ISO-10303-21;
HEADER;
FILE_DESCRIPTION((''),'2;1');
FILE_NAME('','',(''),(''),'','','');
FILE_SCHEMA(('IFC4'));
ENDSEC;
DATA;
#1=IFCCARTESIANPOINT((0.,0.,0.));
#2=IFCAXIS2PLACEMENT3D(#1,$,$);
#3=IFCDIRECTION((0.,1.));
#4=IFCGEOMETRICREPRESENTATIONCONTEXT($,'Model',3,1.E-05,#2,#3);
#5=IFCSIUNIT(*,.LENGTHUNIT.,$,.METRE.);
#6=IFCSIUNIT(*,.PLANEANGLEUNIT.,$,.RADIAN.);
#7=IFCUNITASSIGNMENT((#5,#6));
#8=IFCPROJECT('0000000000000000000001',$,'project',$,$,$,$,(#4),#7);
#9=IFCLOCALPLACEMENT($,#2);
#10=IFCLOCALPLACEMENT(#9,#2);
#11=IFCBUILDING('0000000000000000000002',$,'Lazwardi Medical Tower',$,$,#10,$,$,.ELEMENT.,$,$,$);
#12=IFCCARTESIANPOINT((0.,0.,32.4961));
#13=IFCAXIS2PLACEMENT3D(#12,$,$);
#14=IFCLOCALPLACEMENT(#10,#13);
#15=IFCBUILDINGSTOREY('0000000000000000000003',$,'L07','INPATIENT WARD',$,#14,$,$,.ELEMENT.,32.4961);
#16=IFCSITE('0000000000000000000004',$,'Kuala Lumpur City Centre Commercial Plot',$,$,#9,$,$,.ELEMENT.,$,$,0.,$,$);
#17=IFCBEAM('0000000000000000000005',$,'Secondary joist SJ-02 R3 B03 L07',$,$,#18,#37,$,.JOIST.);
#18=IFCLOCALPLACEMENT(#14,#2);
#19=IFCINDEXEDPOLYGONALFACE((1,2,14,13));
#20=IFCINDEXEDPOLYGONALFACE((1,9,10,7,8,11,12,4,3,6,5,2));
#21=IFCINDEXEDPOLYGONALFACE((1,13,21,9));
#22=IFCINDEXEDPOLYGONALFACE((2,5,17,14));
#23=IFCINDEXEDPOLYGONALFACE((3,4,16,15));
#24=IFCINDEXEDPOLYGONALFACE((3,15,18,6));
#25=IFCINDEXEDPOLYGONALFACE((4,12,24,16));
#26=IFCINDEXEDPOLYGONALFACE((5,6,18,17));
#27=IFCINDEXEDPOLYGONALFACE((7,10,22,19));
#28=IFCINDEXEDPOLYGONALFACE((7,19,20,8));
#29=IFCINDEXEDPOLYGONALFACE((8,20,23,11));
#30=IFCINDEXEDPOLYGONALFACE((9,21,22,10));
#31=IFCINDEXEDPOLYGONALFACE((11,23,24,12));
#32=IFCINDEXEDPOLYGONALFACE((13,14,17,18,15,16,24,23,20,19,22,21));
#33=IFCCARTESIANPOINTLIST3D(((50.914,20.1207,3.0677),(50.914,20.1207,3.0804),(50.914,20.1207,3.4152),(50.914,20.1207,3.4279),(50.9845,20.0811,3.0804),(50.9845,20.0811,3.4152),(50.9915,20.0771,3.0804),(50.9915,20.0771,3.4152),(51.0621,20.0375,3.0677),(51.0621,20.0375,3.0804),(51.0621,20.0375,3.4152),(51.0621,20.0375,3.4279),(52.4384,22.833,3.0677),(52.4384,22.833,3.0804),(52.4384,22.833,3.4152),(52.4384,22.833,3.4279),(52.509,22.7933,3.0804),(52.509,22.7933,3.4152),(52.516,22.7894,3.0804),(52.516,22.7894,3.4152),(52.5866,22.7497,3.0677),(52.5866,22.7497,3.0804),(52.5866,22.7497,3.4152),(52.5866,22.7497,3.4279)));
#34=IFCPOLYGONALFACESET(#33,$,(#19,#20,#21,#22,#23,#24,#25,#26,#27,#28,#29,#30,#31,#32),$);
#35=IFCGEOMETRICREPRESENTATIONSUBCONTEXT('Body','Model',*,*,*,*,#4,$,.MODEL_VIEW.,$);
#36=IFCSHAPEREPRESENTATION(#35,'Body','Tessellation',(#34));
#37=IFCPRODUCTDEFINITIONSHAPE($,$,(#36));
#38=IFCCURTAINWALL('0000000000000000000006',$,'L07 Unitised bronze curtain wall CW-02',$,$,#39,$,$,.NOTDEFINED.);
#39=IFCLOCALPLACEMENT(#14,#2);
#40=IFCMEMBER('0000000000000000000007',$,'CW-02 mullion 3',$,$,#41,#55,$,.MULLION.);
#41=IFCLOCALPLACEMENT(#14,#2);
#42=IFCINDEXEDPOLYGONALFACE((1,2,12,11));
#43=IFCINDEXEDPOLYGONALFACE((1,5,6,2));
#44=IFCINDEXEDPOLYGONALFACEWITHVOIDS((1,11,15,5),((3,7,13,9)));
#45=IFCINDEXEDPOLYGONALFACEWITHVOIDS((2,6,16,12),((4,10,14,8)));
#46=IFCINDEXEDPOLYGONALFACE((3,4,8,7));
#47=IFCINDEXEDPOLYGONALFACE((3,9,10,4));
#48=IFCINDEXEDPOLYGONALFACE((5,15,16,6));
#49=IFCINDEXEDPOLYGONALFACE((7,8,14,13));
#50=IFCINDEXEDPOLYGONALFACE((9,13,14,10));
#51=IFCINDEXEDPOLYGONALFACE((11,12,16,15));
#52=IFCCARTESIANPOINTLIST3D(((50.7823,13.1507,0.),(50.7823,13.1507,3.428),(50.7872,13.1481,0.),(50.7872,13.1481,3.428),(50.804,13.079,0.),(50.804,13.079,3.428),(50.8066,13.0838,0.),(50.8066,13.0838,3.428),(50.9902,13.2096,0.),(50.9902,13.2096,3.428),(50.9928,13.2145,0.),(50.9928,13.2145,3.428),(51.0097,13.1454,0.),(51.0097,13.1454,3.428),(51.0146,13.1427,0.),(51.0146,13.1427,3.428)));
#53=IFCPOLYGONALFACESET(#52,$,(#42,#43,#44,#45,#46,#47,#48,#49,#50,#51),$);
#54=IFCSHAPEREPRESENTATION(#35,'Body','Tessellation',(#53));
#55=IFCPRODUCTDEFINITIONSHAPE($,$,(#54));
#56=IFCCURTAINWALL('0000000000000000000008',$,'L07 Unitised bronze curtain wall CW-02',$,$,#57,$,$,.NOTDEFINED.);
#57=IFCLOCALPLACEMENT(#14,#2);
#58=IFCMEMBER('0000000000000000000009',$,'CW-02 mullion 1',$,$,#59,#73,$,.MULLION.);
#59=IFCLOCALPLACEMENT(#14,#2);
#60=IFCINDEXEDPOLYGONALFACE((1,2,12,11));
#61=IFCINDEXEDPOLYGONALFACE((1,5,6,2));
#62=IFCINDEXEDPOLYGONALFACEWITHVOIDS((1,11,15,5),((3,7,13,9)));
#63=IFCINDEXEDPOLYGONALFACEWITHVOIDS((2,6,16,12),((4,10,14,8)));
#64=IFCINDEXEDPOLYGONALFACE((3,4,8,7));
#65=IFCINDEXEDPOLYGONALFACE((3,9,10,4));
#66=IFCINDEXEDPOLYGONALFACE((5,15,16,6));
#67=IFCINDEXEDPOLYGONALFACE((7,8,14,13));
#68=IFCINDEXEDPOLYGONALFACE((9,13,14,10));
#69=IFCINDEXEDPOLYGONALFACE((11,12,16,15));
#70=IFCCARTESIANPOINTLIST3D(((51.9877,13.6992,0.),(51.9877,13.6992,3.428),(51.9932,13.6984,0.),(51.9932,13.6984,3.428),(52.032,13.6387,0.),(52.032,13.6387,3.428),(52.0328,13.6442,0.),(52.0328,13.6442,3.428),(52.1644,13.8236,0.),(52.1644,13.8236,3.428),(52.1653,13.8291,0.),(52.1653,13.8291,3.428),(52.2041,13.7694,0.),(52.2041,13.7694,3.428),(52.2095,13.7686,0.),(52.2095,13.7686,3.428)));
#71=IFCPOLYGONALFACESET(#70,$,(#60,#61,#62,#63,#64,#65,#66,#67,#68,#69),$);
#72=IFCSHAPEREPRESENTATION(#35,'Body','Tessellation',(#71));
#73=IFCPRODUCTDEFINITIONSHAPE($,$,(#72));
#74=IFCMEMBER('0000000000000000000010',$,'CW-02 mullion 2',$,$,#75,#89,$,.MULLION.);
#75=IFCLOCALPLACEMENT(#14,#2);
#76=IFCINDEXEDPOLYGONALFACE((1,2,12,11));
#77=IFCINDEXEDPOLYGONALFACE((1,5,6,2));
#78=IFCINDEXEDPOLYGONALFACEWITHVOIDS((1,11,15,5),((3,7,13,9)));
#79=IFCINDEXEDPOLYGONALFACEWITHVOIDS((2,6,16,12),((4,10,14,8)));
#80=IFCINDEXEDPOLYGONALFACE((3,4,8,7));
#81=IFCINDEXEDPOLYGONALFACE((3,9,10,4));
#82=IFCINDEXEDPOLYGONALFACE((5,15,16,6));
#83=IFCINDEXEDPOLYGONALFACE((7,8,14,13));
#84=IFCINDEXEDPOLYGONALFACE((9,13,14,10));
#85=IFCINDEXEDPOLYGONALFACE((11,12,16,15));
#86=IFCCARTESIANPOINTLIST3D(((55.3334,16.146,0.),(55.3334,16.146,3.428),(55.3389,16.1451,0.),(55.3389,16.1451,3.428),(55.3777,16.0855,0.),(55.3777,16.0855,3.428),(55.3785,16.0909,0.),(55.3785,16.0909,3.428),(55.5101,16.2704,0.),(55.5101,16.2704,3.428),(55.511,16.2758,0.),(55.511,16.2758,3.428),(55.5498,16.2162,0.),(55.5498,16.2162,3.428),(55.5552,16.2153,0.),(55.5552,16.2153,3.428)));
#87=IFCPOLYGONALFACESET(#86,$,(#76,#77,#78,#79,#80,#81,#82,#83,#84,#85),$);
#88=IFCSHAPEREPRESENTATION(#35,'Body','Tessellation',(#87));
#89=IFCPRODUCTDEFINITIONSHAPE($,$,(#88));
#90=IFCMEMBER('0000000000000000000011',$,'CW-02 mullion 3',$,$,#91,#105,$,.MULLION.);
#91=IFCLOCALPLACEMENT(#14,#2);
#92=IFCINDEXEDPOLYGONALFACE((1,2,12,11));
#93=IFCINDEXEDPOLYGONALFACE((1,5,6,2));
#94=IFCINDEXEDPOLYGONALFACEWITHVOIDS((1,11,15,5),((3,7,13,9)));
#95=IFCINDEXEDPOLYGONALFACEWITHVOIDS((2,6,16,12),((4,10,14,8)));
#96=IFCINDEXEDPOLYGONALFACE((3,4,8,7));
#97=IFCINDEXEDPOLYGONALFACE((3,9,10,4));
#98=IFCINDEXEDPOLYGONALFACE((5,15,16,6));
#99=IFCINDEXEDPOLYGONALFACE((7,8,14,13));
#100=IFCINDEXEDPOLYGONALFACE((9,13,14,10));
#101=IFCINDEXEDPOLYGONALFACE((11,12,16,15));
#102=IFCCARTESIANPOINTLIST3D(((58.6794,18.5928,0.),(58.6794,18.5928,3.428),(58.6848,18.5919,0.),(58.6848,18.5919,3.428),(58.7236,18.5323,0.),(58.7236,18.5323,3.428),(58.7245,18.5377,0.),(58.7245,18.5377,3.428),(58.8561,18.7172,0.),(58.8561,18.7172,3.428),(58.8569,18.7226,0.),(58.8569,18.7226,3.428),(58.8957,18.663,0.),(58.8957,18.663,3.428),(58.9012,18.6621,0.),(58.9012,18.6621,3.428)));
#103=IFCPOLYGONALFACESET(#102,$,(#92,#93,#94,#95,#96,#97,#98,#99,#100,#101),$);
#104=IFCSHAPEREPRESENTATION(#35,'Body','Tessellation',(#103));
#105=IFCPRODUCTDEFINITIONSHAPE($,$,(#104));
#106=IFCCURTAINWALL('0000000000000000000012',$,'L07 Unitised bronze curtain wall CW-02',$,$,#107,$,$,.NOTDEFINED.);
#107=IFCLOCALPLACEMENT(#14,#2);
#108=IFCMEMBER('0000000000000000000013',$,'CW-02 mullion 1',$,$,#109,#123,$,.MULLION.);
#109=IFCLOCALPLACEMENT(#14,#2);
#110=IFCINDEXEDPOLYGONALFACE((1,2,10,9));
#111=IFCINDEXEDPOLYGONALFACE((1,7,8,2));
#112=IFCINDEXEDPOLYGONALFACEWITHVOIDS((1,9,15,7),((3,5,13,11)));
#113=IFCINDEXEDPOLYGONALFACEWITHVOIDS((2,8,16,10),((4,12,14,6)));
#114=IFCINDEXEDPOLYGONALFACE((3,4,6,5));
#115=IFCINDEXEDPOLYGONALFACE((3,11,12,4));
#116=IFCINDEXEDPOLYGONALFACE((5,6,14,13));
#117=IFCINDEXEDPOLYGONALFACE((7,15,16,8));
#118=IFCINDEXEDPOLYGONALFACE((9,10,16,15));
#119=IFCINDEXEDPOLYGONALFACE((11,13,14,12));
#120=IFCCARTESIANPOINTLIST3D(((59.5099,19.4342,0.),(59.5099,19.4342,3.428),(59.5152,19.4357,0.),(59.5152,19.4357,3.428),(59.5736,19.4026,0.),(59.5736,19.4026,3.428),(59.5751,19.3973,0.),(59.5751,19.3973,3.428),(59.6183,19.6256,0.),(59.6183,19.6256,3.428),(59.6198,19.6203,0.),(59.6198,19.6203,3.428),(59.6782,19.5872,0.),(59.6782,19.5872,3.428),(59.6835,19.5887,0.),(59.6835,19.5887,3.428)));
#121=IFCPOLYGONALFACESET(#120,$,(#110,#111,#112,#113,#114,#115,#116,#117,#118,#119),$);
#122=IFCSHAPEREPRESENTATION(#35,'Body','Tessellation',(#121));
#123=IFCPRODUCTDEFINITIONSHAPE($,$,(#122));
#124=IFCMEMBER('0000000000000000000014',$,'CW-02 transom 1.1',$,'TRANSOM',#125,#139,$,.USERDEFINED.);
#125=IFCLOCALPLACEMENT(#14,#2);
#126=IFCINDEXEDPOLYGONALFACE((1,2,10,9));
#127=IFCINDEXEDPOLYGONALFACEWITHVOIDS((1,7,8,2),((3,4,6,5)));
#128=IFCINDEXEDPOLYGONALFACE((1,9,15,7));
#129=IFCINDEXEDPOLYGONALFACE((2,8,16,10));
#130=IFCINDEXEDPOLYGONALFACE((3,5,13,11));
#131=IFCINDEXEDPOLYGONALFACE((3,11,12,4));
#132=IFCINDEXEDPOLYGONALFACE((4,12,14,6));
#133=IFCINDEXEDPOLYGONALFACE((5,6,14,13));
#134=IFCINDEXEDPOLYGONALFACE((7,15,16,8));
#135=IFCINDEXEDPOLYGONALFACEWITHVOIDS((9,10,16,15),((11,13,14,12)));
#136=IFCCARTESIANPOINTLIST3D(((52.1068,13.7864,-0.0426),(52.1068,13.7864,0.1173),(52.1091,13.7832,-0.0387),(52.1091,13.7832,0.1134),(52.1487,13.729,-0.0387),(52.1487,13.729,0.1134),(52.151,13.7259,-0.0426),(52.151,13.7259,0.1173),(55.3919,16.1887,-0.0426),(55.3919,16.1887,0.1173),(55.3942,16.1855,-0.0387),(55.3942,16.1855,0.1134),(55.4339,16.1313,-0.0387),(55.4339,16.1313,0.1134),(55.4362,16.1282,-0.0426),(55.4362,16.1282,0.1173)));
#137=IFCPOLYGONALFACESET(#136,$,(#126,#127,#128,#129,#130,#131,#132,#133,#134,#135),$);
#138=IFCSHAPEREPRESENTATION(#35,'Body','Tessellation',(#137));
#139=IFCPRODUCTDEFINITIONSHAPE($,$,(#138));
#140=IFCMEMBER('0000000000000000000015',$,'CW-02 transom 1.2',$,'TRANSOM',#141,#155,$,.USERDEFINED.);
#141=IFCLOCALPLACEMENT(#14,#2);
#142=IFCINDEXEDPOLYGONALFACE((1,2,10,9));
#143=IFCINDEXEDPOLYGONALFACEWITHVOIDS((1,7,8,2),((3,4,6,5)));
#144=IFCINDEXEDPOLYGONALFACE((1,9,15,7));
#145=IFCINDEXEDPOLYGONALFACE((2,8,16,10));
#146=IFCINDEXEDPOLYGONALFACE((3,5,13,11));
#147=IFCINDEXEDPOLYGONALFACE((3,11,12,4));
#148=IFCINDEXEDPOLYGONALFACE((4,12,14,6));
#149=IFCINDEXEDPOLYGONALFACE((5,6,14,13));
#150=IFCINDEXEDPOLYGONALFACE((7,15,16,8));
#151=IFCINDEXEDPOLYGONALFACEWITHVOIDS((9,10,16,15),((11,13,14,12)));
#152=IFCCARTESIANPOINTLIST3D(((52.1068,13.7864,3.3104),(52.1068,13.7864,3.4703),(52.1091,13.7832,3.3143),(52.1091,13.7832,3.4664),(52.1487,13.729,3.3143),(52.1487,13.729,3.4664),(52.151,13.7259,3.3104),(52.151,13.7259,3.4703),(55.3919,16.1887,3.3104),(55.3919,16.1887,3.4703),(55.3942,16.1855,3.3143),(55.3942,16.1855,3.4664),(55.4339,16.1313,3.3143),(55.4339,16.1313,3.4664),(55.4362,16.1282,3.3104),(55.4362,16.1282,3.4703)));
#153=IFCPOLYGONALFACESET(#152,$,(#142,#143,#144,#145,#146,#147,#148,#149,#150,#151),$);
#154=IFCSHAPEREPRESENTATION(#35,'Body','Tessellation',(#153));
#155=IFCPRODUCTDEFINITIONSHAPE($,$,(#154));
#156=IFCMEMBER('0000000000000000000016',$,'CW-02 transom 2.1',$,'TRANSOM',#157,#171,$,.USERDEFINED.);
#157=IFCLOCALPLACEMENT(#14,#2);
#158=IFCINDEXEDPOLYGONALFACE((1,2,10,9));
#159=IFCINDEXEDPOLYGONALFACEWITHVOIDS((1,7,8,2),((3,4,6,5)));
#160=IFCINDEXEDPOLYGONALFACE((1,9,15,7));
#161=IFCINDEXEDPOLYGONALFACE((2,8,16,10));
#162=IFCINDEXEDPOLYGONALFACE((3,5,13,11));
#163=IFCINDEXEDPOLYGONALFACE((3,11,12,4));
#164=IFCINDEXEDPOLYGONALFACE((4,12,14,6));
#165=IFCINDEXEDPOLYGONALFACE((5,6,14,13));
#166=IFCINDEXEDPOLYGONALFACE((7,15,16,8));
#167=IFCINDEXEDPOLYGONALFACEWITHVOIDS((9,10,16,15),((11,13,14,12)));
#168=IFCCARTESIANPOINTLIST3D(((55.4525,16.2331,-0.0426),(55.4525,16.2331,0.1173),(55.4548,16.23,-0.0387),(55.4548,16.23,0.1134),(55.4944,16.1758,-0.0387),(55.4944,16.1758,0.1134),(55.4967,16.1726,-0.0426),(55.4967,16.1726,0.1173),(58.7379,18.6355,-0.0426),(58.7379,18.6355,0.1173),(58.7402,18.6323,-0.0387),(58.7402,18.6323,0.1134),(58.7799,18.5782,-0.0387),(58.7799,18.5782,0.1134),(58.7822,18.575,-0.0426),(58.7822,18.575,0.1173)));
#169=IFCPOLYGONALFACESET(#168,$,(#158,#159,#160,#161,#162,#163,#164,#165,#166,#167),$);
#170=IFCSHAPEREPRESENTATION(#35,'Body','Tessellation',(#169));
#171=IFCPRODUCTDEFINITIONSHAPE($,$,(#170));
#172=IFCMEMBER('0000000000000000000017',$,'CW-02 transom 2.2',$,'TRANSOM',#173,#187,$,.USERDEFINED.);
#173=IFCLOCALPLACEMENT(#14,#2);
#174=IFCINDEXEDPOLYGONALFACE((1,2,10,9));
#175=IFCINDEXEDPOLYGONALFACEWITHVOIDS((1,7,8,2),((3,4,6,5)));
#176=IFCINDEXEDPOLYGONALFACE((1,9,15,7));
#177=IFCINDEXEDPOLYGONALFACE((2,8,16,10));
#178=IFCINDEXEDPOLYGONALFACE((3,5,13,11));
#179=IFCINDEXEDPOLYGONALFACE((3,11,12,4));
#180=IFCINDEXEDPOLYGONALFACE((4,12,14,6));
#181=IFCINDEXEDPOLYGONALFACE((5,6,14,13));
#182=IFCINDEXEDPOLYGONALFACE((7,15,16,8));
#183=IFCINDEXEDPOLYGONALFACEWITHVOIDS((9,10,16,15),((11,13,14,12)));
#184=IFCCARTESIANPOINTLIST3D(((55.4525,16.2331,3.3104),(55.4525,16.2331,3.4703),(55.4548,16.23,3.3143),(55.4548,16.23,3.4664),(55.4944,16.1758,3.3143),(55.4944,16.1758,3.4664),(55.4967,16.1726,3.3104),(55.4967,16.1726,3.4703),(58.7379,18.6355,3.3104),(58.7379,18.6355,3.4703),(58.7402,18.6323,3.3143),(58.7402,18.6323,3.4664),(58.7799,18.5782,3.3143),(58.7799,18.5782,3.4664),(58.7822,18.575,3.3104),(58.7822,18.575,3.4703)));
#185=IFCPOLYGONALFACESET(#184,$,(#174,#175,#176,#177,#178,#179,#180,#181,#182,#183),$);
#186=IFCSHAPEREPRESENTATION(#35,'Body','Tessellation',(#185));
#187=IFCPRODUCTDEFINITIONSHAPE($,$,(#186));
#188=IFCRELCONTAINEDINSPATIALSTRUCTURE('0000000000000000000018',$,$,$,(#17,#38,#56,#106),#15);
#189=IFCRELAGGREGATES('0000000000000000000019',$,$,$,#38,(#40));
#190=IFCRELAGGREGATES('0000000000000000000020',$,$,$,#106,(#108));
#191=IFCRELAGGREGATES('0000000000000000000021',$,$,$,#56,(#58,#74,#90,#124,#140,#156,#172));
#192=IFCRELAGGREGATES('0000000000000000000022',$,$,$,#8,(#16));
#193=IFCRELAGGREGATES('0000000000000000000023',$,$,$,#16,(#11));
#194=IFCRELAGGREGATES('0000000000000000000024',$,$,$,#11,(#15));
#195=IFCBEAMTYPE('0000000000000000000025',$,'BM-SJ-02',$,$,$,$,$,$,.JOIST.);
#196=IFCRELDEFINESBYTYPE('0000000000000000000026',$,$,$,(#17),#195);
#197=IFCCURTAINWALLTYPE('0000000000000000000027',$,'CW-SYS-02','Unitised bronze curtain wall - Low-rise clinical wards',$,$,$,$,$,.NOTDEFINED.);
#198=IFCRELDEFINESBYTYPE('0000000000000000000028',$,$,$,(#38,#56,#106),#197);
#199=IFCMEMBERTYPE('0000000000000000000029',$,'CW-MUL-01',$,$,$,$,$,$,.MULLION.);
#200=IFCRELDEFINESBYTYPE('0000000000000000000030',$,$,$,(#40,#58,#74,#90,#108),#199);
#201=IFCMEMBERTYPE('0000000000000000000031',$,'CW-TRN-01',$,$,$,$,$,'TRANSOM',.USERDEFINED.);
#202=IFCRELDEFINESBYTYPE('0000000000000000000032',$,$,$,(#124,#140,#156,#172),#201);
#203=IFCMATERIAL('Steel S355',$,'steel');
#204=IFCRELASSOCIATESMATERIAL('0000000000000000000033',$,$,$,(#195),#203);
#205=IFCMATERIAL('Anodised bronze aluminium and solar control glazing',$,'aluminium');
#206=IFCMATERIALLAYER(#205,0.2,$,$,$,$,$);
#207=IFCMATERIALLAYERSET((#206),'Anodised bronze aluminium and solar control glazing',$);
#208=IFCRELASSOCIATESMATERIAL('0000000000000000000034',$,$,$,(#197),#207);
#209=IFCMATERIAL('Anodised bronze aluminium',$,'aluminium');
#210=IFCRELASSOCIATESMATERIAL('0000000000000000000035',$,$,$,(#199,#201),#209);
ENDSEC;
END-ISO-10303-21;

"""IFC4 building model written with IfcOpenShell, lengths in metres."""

from ifc_helpers import new_model, si_unit, direction, frame, origin, origin_2d, place, context, subcontext, project, spatial, hollow_rectangle, i_section, extrude, material, layer, layer_set, material_profile, profile_set, type_object, element, aggregate, save


model = new_model("IFC4")

# Units and contexts
model_context = context("Model", 3, precision=1e-05, world=origin(), true_north=direction((0.0, 1.0)))
body_context = subcontext(model_context, "Body", "Model", "MODEL_VIEW")
ifc_project = project(units=[si_unit("LENGTHUNIT", "METRE"), si_unit("PLANEANGLEUNIT", "RADIAN")], contexts=[model_context])

# Site, building, storey
site_placement = place(None, origin())
site = spatial("IfcSite", under=ifc_project, at=site_placement, Name="Kuala Lumpur City Centre Commercial Plot", CompositionType="ELEMENT", RefElevation=0.0)
building_placement = place(site_placement, origin())
building = spatial("IfcBuilding", under=site, at=building_placement, Name="Lazwardi Medical Tower", CompositionType="ELEMENT")
storey_placement = place(building_placement, frame((0.0, 0.0, 32.4961)))
storey = spatial("IfcBuildingStorey", under=building, at=storey_placement, Name="L07", Description="INPATIENT WARD", CompositionType="ELEMENT", Elevation=32.4961)

# Beam
ifc_material_1 = material(Name="Steel S355", Category="steel")
ifc_material_profile_1 = material_profile(ifc_material_1, i_section(OverallWidth=0.1699, OverallDepth=0.3601, WebThickness=0.0081, FlangeThickness=0.0127, at=origin_2d()), Name="IPE 360")
ifc_profile_set_1 = profile_set([ifc_material_profile_1], Name="Steel S355")
beam_type_1 = type_object("IfcBeamType", Name="BM-SJ-02", PredefinedType="JOIST", material=ifc_profile_set_1)
beam_1_placement = place(storey_placement, frame((50.988, 20.0791, 3.2478), z_axis=(0.489974, 0.871737, 0.0), x_axis=(-0.871737, 0.489974, 0.0)))
element("IfcBeam", 1, at=beam_1_placement, inside=storey, type_object=beam_type_1, Name="Secondary joist SJ-02 R3 B03 L07", PredefinedType="JOIST", context=body_context, shape_type="SweptSolid", body=[
    extrude(i_section(OverallWidth=0.1699, OverallDepth=0.3601, WebThickness=0.0081, FlangeThickness=0.0127, at=origin_2d()), origin(), (0.0, 0.0, 1.0), 3.1113),
])

# Curtain wall, member
ifc_material_2 = material(Name="Anodised bronze aluminium and solar control glazing", Category="aluminium")
ifc_layer_1 = layer(ifc_material_2, 0.2)
ifc_layer_set_1 = layer_set([ifc_layer_1], Name="Anodised bronze aluminium and solar control glazing")
curtain_wall_type = type_object("IfcCurtainWallType", Name="CW-SYS-02", Description="Unitised bronze curtain wall - Low-rise clinical wards", PredefinedType="NOTDEFINED", material=ifc_layer_set_1)
curtain_wall_1_placement = place(storey_placement, origin())
curtain_wall_1 = element("IfcCurtainWall", 2, at=curtain_wall_1_placement, inside=storey, type_object=curtain_wall_type, Name="L07 Unitised bronze curtain wall CW-02", PredefinedType="NOTDEFINED")
ifc_material_3 = material(Name="Anodised bronze aluminium", Category="aluminium")
ifc_material_profile_2 = material_profile(ifc_material_3, hollow_rectangle(XDim=0.075, YDim=0.22, WallThickness=0.0039, at=origin_2d()), Name="ALU-MULLION 220x75x4")
ifc_profile_set_2 = profile_set([ifc_material_profile_2], Name="Anodised bronze aluminium")
member_type_1 = type_object("IfcMemberType", Name="CW-MUL-01", PredefinedType="MULLION", material=ifc_profile_set_2)
member_1_placement = place(storey_placement, frame((50.8984, 13.1467, 0.0), z_axis=(0.0, 0.0, 1.0), x_axis=(-0.289896, 0.957058, 0.0)))
member_1 = element("IfcMember", 3, at=member_1_placement, type_object=member_type_1, Name="CW-02 mullion 3", PredefinedType="MULLION", context=body_context, shape_type="SweptSolid", body=[
    extrude(hollow_rectangle(XDim=0.075, YDim=0.22, WallThickness=0.0039, at=origin_2d()), origin(), (0.0, 0.0, 1.0), 3.428),
])
aggregate(curtain_wall_1, [member_1])

# Curtain wall, members
curtain_wall_2_placement = place(storey_placement, origin())
curtain_wall_2 = element("IfcCurtainWall", 4, at=curtain_wall_2_placement, inside=storey, type_object=curtain_wall_type, Name="L07 Unitised bronze curtain wall CW-02", PredefinedType="NOTDEFINED")
member_2_placement = place(storey_placement, frame((52.0986, 13.7339, 0.0), z_axis=(0.0, 0.0, 1.0), x_axis=(-0.590289, 0.807192, 0.0)))
member_2 = element("IfcMember", 5, at=member_2_placement, type_object=member_type_1, Name="CW-02 mullion 1", PredefinedType="MULLION", context=body_context, shape_type="SweptSolid", body=[
    extrude(hollow_rectangle(XDim=0.075, YDim=0.22, WallThickness=0.0039, at=origin_2d()), origin(), (0.0, 0.0, 1.0), 3.428),
])
member_3_placement = place(storey_placement, frame((55.4443, 16.1807, 0.0), z_axis=(0.0, 0.0, 1.0), x_axis=(-0.590289, 0.807192, 0.0)))
member_3 = element("IfcMember", 6, at=member_3_placement, type_object=member_type_1, Name="CW-02 mullion 2", PredefinedType="MULLION", context=body_context, shape_type="SweptSolid", body=[
    extrude(hollow_rectangle(XDim=0.075, YDim=0.22, WallThickness=0.0039, at=origin_2d()), origin(), (0.0, 0.0, 1.0), 3.428),
])
member_4_placement = place(storey_placement, frame((58.7903, 18.6274, 0.0), z_axis=(0.0, 0.0, 1.0), x_axis=(-0.590289, 0.807192, 0.0)))
member_4 = element("IfcMember", 7, at=member_4_placement, type_object=member_type_1, Name="CW-02 mullion 3", PredefinedType="MULLION", context=body_context, shape_type="SweptSolid", body=[
    extrude(hollow_rectangle(XDim=0.075, YDim=0.22, WallThickness=0.0039, at=origin_2d()), origin(), (0.0, 0.0, 1.0), 3.428),
])

# Curtain wall, member
curtain_wall_3_placement = place(storey_placement, origin())
curtain_wall_3 = element("IfcCurtainWall", 8, at=curtain_wall_3_placement, inside=storey, type_object=curtain_wall_type, Name="L07 Unitised bronze curtain wall CW-02", PredefinedType="NOTDEFINED")
member_5_placement = place(storey_placement, frame((59.5967, 19.5115, 0.0), z_axis=(0.0, 0.0, 1.0), x_axis=(-0.870112, 0.492854, 0.0)))
member_5 = element("IfcMember", 9, at=member_5_placement, type_object=member_type_1, Name="CW-02 mullion 1", PredefinedType="MULLION", context=body_context, shape_type="SweptSolid", body=[
    extrude(hollow_rectangle(XDim=0.075, YDim=0.22, WallThickness=0.0039, at=origin_2d()), origin(), (0.0, 0.0, 1.0), 3.428),
])

# Members
ifc_material_profile_3 = material_profile(ifc_material_3, hollow_rectangle(XDim=0.075, YDim=0.1599, WallThickness=0.0039, at=origin_2d()), Name="ALU-TRANSOM 160x75x4")
ifc_profile_set_3 = profile_set([ifc_material_profile_3], Name="Anodised bronze aluminium")
member_type_2 = type_object("IfcMemberType", Name="CW-TRN-01", ElementType="TRANSOM", PredefinedType="USERDEFINED", material=ifc_profile_set_3)
member_6_placement = place(storey_placement, frame((52.1289, 13.7561, 0.0374), z_axis=(0.807198, 0.590281, 0.0), x_axis=(-0.590281, 0.807198, 0.0)))
member_6 = element("IfcMember", 10, at=member_6_placement, type_object=member_type_2, Name="CW-02 transom 1.1", ObjectType="TRANSOM", PredefinedType="USERDEFINED", context=body_context, shape_type="SweptSolid", body=[
    extrude(hollow_rectangle(XDim=0.075, YDim=0.1599, WallThickness=0.0039, at=origin_2d()), origin(), (0.0, 0.0, 1.0), 4.0698),
])
member_7_placement = place(storey_placement, frame((52.1289, 13.7561, 3.3904), z_axis=(0.807198, 0.590281, 0.0), x_axis=(-0.590281, 0.807198, 0.0)))
member_7 = element("IfcMember", 11, at=member_7_placement, type_object=member_type_2, Name="CW-02 transom 1.2", ObjectType="TRANSOM", PredefinedType="USERDEFINED", context=body_context, shape_type="SweptSolid", body=[
    extrude(hollow_rectangle(XDim=0.075, YDim=0.1599, WallThickness=0.0039, at=origin_2d()), origin(), (0.0, 0.0, 1.0), 4.0698),
])
member_8_placement = place(storey_placement, frame((55.4746, 16.2029, 0.0374), z_axis=(0.807219, 0.590253, 0.0), x_axis=(-0.590253, 0.807219, 0.0)))
member_8 = element("IfcMember", 12, at=member_8_placement, type_object=member_type_2, Name="CW-02 transom 2.1", ObjectType="TRANSOM", PredefinedType="USERDEFINED", context=body_context, shape_type="SweptSolid", body=[
    extrude(hollow_rectangle(XDim=0.075, YDim=0.1599, WallThickness=0.0039, at=origin_2d()), origin(), (0.0, 0.0, 1.0), 4.0701),
])
member_9_placement = place(storey_placement, frame((55.4746, 16.2029, 3.3904), z_axis=(0.807219, 0.590253, 0.0), x_axis=(-0.590253, 0.807219, 0.0)))
member_9 = element("IfcMember", 13, at=member_9_placement, type_object=member_type_2, Name="CW-02 transom 2.2", ObjectType="TRANSOM", PredefinedType="USERDEFINED", context=body_context, shape_type="SweptSolid", body=[
    extrude(hollow_rectangle(XDim=0.075, YDim=0.1599, WallThickness=0.0039, at=origin_2d()), origin(), (0.0, 0.0, 1.0), 4.0701),
])
aggregate(curtain_wall_3, [member_5])

aggregate(curtain_wall_2, [member_2, member_3, member_4, member_6, member_7, member_8, member_9])

save(model, "model.ifc")
